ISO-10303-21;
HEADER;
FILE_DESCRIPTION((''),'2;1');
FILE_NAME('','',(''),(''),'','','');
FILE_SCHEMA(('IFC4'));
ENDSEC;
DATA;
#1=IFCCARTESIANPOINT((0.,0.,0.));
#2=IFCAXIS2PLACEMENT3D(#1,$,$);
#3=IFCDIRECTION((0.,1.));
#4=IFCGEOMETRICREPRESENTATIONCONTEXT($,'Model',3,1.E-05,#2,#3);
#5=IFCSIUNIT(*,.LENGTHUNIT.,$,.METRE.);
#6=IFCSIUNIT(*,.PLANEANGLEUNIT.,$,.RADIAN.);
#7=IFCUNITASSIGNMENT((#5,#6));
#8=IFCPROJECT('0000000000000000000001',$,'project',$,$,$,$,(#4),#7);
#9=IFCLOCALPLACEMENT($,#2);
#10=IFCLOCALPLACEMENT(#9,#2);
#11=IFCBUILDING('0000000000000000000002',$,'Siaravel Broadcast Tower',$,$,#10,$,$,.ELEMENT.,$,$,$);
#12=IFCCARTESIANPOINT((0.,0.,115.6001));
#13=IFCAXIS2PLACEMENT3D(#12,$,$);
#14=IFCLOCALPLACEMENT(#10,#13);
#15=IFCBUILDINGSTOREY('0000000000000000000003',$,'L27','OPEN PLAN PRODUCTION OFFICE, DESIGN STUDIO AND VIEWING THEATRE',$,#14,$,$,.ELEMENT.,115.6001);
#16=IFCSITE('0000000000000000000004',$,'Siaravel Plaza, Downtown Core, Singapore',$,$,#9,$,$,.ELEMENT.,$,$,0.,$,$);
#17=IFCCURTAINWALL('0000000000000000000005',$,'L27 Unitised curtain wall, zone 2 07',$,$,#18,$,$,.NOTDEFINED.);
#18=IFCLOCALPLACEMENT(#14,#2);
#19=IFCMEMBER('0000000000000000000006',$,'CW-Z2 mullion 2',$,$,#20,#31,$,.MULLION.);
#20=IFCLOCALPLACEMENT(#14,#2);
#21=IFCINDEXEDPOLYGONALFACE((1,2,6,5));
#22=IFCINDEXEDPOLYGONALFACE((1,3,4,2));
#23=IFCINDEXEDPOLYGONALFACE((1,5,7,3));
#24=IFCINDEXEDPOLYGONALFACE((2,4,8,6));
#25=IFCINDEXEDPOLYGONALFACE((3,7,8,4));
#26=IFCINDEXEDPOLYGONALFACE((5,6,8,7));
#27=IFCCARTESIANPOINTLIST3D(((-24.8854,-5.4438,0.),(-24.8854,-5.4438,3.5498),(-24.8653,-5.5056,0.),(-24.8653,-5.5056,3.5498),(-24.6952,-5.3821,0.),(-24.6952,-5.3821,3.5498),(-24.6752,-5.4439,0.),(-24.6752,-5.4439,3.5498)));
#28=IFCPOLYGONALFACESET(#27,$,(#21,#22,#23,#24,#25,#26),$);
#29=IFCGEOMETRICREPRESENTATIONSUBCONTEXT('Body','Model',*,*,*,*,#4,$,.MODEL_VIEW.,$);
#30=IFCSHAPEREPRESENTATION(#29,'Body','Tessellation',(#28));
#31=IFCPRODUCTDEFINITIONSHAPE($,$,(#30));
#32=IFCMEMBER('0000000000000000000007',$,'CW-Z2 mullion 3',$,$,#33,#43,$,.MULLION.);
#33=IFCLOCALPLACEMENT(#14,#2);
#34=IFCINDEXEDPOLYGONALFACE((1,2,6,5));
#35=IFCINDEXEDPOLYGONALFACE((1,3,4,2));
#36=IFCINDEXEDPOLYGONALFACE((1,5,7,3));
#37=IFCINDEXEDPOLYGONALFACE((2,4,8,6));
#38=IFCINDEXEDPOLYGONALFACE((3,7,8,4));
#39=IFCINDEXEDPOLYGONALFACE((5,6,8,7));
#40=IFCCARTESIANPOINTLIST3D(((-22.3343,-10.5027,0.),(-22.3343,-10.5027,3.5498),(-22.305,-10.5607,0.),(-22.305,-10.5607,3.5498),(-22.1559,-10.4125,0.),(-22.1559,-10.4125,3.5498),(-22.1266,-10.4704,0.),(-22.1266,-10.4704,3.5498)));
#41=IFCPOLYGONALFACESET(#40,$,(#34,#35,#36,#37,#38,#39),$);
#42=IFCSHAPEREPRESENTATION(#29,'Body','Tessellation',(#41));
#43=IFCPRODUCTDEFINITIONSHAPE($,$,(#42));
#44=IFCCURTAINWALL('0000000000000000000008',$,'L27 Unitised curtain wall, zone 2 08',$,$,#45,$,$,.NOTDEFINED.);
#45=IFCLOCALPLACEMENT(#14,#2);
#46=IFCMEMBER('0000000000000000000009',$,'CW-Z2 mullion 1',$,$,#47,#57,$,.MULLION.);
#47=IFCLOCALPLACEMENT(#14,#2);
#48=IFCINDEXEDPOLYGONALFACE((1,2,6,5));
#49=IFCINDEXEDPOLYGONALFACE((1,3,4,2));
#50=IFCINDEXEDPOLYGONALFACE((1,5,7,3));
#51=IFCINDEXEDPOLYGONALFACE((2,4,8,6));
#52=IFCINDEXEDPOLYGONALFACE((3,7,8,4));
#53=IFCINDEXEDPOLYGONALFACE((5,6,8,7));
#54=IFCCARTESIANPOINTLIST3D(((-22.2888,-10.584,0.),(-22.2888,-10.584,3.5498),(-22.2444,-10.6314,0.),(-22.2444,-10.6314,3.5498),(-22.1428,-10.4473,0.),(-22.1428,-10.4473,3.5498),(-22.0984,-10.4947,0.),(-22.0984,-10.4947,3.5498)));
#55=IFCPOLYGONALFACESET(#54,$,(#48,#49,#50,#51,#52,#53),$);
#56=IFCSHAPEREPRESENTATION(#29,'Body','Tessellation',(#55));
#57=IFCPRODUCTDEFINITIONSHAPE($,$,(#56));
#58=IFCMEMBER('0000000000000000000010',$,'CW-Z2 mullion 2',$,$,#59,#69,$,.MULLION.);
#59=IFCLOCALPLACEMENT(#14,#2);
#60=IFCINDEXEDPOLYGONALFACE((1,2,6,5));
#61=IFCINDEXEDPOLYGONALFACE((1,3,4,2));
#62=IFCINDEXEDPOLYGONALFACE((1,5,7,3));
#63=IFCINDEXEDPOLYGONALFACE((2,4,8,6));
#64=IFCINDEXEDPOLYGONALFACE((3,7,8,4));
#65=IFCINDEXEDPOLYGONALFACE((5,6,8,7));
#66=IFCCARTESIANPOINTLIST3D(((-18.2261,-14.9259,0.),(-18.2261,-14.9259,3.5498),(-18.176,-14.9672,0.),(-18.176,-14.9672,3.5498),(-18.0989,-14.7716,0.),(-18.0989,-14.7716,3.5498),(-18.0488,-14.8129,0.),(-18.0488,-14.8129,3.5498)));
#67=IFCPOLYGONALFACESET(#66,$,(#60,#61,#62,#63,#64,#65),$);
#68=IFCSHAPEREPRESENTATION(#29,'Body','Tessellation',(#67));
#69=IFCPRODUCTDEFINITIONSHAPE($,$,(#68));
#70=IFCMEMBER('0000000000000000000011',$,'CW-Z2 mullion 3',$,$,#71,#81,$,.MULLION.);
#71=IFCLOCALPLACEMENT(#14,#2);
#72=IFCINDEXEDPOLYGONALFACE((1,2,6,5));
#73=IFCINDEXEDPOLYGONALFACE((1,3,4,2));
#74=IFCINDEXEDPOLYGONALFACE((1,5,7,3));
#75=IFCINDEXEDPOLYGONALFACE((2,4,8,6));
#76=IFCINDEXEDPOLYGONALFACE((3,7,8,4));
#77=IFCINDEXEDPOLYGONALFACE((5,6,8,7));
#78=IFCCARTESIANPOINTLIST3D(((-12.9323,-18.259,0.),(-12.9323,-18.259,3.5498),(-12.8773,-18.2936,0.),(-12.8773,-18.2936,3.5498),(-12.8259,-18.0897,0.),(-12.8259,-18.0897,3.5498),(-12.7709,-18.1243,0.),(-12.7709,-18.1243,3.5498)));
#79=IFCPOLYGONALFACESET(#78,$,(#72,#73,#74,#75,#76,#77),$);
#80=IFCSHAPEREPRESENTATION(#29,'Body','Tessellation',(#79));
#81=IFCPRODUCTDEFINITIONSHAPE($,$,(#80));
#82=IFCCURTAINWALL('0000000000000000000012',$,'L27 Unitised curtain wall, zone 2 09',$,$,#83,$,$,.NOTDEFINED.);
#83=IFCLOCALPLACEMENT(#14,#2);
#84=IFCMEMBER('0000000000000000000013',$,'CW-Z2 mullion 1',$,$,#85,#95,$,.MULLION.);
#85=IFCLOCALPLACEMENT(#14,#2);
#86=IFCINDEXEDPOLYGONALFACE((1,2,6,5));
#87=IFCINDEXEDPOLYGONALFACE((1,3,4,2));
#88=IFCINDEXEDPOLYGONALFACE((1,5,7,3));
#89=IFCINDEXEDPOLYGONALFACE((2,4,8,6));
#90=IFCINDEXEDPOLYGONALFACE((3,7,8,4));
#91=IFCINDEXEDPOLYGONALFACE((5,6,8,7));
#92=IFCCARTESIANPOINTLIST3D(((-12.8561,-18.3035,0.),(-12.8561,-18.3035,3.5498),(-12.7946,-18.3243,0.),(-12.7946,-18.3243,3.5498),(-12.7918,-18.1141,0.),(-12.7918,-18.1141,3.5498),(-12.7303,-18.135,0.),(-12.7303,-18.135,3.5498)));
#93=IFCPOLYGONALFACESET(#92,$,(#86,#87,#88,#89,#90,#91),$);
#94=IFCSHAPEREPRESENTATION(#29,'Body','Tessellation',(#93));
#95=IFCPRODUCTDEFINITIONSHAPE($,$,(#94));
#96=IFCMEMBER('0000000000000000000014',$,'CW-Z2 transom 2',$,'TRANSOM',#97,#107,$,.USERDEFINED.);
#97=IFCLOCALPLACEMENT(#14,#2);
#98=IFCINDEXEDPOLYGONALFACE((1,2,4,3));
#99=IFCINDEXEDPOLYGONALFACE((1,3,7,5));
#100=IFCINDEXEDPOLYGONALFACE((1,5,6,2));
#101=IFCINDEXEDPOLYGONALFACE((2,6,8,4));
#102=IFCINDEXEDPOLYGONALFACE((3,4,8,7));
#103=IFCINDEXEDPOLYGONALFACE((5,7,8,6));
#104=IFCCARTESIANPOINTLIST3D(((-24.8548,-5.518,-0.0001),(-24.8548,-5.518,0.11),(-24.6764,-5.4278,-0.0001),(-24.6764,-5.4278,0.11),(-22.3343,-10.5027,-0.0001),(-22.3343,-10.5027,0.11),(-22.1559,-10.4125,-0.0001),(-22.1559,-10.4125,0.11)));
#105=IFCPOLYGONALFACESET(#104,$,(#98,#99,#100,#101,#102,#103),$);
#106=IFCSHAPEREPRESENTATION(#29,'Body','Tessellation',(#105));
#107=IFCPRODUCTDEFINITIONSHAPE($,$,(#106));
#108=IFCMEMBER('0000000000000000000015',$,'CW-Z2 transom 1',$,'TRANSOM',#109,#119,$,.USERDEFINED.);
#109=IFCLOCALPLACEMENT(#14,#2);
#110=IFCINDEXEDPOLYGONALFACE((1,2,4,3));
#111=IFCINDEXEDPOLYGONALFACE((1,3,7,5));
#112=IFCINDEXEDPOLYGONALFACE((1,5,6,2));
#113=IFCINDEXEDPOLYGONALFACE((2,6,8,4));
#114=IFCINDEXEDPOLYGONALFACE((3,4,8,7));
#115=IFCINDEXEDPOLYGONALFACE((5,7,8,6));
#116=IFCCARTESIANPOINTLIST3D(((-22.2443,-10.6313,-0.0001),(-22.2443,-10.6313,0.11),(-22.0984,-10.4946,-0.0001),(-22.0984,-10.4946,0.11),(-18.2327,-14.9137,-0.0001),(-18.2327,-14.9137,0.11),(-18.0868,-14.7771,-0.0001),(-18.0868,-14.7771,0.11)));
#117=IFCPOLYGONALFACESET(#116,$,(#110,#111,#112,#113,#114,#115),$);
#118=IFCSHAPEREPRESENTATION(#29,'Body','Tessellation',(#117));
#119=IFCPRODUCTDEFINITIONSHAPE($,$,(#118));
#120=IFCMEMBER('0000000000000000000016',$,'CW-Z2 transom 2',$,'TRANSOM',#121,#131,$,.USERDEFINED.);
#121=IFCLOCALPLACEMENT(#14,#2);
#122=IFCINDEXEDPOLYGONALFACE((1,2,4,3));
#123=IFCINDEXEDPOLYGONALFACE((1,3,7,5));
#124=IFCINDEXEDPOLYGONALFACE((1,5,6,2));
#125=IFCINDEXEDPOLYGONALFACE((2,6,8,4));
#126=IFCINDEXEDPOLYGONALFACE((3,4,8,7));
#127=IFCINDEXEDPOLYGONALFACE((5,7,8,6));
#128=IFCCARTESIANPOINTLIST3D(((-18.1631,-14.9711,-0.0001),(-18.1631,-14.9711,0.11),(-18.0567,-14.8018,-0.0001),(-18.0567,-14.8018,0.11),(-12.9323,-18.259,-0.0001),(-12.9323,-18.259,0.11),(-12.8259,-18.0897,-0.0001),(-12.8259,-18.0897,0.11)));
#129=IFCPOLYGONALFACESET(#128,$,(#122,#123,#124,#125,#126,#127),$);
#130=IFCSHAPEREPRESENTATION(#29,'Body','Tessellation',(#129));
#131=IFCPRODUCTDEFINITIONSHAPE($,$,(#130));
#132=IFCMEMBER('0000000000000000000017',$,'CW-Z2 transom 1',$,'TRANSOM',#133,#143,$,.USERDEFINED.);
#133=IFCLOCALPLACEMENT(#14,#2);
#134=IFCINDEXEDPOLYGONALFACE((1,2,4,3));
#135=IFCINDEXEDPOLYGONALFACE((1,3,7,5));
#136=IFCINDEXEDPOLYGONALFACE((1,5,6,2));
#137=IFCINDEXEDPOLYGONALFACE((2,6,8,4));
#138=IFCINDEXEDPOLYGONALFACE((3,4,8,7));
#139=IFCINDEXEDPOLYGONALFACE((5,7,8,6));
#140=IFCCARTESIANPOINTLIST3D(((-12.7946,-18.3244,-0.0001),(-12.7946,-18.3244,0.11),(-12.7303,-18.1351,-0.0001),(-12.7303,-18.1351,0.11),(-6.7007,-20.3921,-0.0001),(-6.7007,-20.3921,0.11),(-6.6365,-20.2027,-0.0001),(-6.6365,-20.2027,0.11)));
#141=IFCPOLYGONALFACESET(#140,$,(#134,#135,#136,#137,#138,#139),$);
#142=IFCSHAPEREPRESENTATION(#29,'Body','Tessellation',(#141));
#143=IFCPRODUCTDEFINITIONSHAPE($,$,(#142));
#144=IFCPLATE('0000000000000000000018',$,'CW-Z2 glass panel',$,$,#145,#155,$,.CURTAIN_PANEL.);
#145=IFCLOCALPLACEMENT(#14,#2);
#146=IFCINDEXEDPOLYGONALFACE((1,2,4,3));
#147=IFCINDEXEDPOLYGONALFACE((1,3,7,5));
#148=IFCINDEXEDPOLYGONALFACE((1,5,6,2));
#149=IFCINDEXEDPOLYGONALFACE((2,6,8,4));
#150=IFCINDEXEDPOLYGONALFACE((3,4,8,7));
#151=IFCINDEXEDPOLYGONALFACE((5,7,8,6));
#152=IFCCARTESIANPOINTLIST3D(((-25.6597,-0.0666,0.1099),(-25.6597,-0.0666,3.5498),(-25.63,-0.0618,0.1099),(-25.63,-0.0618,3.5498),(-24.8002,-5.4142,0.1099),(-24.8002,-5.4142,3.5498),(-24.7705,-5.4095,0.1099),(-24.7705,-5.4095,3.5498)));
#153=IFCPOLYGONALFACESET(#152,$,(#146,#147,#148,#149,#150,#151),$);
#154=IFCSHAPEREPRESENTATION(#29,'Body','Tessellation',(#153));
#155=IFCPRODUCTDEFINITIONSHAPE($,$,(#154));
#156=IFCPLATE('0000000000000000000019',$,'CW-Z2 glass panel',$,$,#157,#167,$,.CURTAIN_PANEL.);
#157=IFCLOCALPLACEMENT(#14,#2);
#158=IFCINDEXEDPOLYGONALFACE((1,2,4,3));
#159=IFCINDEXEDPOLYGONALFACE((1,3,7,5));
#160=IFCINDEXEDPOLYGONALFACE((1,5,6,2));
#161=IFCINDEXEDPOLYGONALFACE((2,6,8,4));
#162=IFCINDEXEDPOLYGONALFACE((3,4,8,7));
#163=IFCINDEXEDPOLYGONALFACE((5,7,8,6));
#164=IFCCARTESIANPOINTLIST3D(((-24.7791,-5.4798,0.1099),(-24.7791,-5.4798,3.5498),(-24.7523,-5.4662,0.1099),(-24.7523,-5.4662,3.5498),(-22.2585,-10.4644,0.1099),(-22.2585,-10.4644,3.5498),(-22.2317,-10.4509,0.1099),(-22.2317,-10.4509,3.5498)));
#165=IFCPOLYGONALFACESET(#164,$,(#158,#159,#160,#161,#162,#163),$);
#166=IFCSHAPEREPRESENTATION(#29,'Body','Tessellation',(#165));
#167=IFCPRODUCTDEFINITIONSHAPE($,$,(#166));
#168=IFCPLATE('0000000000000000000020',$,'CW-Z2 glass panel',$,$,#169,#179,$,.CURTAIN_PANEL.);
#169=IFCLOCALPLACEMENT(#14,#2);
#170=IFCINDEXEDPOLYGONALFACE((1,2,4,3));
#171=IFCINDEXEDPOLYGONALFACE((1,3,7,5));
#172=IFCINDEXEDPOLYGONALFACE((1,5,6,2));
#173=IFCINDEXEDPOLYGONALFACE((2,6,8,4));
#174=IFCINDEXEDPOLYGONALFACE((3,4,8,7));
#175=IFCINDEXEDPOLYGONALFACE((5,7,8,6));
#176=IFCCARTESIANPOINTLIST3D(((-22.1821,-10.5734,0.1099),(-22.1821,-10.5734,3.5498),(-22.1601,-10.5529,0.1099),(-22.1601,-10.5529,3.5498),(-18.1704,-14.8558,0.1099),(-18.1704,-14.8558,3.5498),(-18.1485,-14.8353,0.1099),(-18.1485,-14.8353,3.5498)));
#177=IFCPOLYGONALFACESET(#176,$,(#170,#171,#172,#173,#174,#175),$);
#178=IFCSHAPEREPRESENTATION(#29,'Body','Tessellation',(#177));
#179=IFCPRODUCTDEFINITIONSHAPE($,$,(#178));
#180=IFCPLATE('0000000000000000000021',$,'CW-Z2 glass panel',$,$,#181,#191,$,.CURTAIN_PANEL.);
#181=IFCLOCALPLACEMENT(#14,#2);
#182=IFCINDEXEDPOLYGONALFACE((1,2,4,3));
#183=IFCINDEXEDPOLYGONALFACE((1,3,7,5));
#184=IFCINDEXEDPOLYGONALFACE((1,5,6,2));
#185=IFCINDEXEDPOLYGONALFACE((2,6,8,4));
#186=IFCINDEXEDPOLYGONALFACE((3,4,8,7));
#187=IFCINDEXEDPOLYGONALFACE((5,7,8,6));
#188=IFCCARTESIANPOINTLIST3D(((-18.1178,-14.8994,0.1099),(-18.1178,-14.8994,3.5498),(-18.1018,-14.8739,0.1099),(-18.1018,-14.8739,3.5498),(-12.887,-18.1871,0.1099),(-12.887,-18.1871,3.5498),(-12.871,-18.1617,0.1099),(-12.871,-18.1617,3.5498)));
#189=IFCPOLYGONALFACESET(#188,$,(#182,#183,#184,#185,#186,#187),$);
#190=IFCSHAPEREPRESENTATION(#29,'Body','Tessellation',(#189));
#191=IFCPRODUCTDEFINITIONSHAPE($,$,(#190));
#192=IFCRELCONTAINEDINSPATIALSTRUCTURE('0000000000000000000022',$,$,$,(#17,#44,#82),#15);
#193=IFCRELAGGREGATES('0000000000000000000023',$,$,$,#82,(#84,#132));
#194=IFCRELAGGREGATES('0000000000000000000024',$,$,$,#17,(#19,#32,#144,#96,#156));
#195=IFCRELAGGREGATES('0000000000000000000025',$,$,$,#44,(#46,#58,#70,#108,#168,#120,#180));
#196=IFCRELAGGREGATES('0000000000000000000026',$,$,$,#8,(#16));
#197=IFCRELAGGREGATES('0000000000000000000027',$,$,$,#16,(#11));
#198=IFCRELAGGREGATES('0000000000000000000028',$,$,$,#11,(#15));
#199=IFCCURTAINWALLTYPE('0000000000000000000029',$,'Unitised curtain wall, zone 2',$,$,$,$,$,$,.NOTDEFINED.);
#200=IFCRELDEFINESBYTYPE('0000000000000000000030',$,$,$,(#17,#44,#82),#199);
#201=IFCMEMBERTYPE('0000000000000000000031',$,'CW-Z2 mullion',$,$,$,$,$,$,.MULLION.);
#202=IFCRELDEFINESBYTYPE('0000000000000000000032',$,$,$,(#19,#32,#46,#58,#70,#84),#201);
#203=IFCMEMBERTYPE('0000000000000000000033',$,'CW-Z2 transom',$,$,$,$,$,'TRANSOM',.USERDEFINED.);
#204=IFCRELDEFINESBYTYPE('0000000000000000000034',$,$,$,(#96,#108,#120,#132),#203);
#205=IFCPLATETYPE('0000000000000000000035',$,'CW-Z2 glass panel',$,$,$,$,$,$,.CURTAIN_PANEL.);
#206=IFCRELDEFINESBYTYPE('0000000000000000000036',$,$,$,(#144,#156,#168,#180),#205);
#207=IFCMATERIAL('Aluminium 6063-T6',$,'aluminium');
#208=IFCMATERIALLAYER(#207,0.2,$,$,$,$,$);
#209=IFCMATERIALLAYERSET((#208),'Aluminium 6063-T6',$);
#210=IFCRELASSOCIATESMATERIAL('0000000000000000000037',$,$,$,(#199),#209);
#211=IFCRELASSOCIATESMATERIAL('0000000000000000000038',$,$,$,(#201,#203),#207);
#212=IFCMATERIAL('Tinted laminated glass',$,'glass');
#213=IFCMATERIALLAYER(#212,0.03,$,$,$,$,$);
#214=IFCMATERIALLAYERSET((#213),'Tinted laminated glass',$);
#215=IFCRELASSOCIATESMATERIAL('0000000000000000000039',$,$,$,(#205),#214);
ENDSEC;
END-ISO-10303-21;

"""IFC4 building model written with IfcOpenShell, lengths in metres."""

from ifc_helpers import new_model, si_unit, direction, frame, origin, origin_2d, place, context, subcontext, project, spatial, rectangle, extrude, material, layer, layer_set, material_profile, profile_set, type_object, element, aggregate, save


model = new_model("IFC4")

# Units and contexts
model_context = context("Model", 3, precision=1e-05, world=origin(), true_north=direction((0.0, 1.0)))
body_context = subcontext(model_context, "Body", "Model", "MODEL_VIEW")
ifc_project = project(units=[si_unit("LENGTHUNIT", "METRE"), si_unit("PLANEANGLEUNIT", "RADIAN")], contexts=[model_context])

# Site, building, storey
site_placement = place(None, origin())
site = spatial("IfcSite", under=ifc_project, at=site_placement, Name="Siaravel Plaza, Downtown Core, Singapore", CompositionType="ELEMENT", RefElevation=0.0)
building_placement = place(site_placement, origin())
building = spatial("IfcBuilding", under=site, at=building_placement, Name="Siaravel Broadcast Tower", CompositionType="ELEMENT")
storey_placement = place(building_placement, frame((0.0, 0.0, 115.6001)))
storey = spatial("IfcBuildingStorey", under=building, at=storey_placement, Name="L27", Description="OPEN PLAN PRODUCTION OFFICE, DESIGN STUDIO AND VIEWING THEATRE", CompositionType="ELEMENT", Elevation=115.6001)

# Curtain walls, members
ifc_material_1 = material(Name="Aluminium 6063-T6", Category="aluminium")
ifc_layer_1 = layer(ifc_material_1, 0.2)
ifc_layer_set_1 = layer_set([ifc_layer_1], Name="Aluminium 6063-T6")
curtain_wall_type = type_object("IfcCurtainWallType", Name="Unitised curtain wall, zone 2", PredefinedType="NOTDEFINED", material=ifc_layer_set_1)
curtain_wall_1_placement = place(storey_placement, origin())
curtain_wall_1 = element("IfcCurtainWall", 1, at=curtain_wall_1_placement, inside=storey, type_object=curtain_wall_type, Name="L27 Unitised curtain wall, zone 2 07", PredefinedType="NOTDEFINED")
ifc_material_profile_1 = material_profile(ifc_material_1, rectangle(XDim=0.2, YDim=0.0649, at=origin_2d()))
ifc_profile_set_1 = profile_set([ifc_material_profile_1], Name="Aluminium 6063-T6")
member_type_1 = type_object("IfcMemberType", Name="CW-Z2 mullion", PredefinedType="MULLION", material=ifc_profile_set_1)
member_1_placement = place(storey_placement, frame((-24.7803, -5.4438, 0.0), z_axis=(0.0, 0.0, 1.0), x_axis=(0.951177, 0.308646, 0.0)))
member_1 = element("IfcMember", 2, at=member_1_placement, type_object=member_type_1, Name="CW-Z2 mullion 2", PredefinedType="MULLION", context=body_context, shape_type="SweptSolid", body=[
    extrude(rectangle(XDim=0.2, YDim=0.0649, at=origin_2d()), origin(), (0.0, 0.0, 1.0), 3.5498),
])
member_2_placement = place(storey_placement, frame((-22.2305, -10.4866, 0.0), z_axis=(0.0, 0.0, 1.0), x_axis=(0.892392, 0.451261, 0.0)))
member_2 = element("IfcMember", 3, at=member_2_placement, type_object=member_type_1, Name="CW-Z2 mullion 3", PredefinedType="MULLION", context=body_context, shape_type="SweptSolid", body=[
    extrude(rectangle(XDim=0.2, YDim=0.0649, at=origin_2d()), origin(), (0.0, 0.0, 1.0), 3.5498),
])
curtain_wall_2_placement = place(storey_placement, origin())
curtain_wall_2 = element("IfcCurtainWall", 4, at=curtain_wall_2_placement, inside=storey, type_object=curtain_wall_type, Name="L27 Unitised curtain wall, zone 2 08", PredefinedType="NOTDEFINED")
member_3_placement = place(storey_placement, frame((-22.1936, -10.5393, 0.0), z_axis=(0.0, 0.0, 1.0), x_axis=(0.729805, 0.683655, 0.0)))
member_3 = element("IfcMember", 5, at=member_3_placement, type_object=member_type_1, Name="CW-Z2 mullion 1", PredefinedType="MULLION", context=body_context, shape_type="SweptSolid", body=[
    extrude(rectangle(XDim=0.2, YDim=0.0649, at=origin_2d()), origin(), (0.0, 0.0, 1.0), 3.5498),
])
member_4_placement = place(storey_placement, frame((-18.1375, -14.8694, 0.0), z_axis=(0.0, 0.0, 1.0), x_axis=(0.636218, 0.771509, 0.0)))
member_4 = element("IfcMember", 6, at=member_4_placement, type_object=member_type_1, Name="CW-Z2 mullion 2", PredefinedType="MULLION", context=body_context, shape_type="SweptSolid", body=[
    extrude(rectangle(XDim=0.2, YDim=0.0649, at=origin_2d()), origin(), (0.0, 0.0, 1.0), 3.5498),
])
member_5_placement = place(storey_placement, frame((-12.8516, -18.1917, 0.0), z_axis=(0.0, 0.0, 1.0), x_axis=(0.532149, 0.846651, 0.0)))
member_5 = element("IfcMember", 7, at=member_5_placement, type_object=member_type_1, Name="CW-Z2 mullion 3", PredefinedType="MULLION", context=body_context, shape_type="SweptSolid", body=[
    extrude(rectangle(XDim=0.2, YDim=0.0649, at=origin_2d()), origin(), (0.0, 0.0, 1.0), 3.5498),
])

# Curtain wall, member
curtain_wall_3_placement = place(storey_placement, origin())
curtain_wall_3 = element("IfcCurtainWall", 8, at=curtain_wall_3_placement, inside=storey, type_object=curtain_wall_type, Name="L27 Unitised curtain wall, zone 2 09", PredefinedType="NOTDEFINED")
member_6_placement = place(storey_placement, frame((-12.7932, -18.2192, 0.0), z_axis=(0.0, 0.0, 1.0), x_axis=(0.321301, 0.946977, 0.0)))
member_6 = element("IfcMember", 9, at=member_6_placement, type_object=member_type_1, Name="CW-Z2 mullion 1", PredefinedType="MULLION", context=body_context, shape_type="SweptSolid", body=[
    extrude(rectangle(XDim=0.2, YDim=0.0649, at=origin_2d()), origin(), (0.0, 0.0, 1.0), 3.5498),
])

# Members
ifc_material_profile_2 = material_profile(ifc_material_1, rectangle(XDim=0.2, YDim=0.1101, at=origin_2d()))
ifc_profile_set_2 = profile_set([ifc_material_profile_2], Name="Aluminium 6063-T6")
member_type_2 = type_object("IfcMemberType", Name="CW-Z2 transom", ElementType="TRANSOM", PredefinedType="USERDEFINED", material=ifc_profile_set_2)
member_7_placement = place(storey_placement, frame((-24.7656, -5.4729, 0.0549), z_axis=(0.451248, -0.892399, 0.0), x_axis=(0.892399, 0.451248, 0.0)))
member_7 = element("IfcMember", 10, at=member_7_placement, type_object=member_type_2, Name="CW-Z2 transom 2", ObjectType="TRANSOM", PredefinedType="USERDEFINED", context=body_context, shape_type="SweptSolid", body=[
    extrude(rectangle(XDim=0.2, YDim=0.1101, at=origin_2d()), origin(), (0.0, 0.0, 1.0), 5.5857),
])
member_8_placement = place(storey_placement, frame((-22.1714, -10.563, 0.0549), z_axis=(0.68366, -0.729801, 0.0), x_axis=(0.729801, 0.68366, 0.0)))
member_8 = element("IfcMember", 11, at=member_8_placement, type_object=member_type_2, Name="CW-Z2 transom 1", ObjectType="TRANSOM", PredefinedType="USERDEFINED", context=body_context, shape_type="SweptSolid", body=[
    extrude(rectangle(XDim=0.2, YDim=0.1101, at=origin_2d()), origin(), (0.0, 0.0, 1.0), 5.8679),
])
member_9_placement = place(storey_placement, frame((-18.1099, -14.8865, 0.0549), z_axis=(0.846639, -0.532167, 0.0), x_axis=(0.532167, 0.846639, 0.0)))
member_9 = element("IfcMember", 12, at=member_9_placement, type_object=member_type_2, Name="CW-Z2 transom 2", ObjectType="TRANSOM", PredefinedType="USERDEFINED", context=body_context, shape_type="SweptSolid", body=[
    extrude(rectangle(XDim=0.2, YDim=0.1101, at=origin_2d()), origin(), (0.0, 0.0, 1.0), 6.1782),
])
member_10_placement = place(storey_placement, frame((-12.7625, -18.2297, 0.0549), z_axis=(0.946974, -0.321311, 0.0), x_axis=(0.321311, 0.946974, 0.0)))
member_10 = element("IfcMember", 13, at=member_10_placement, type_object=member_type_2, Name="CW-Z2 transom 1", ObjectType="TRANSOM", PredefinedType="USERDEFINED", context=body_context, shape_type="SweptSolid", body=[
    extrude(rectangle(XDim=0.2, YDim=0.1101, at=origin_2d()), origin(), (0.0, 0.0, 1.0), 6.4351),
])
aggregate(curtain_wall_3, [member_6, member_10])

# Plates
ifc_material_2 = material(Name="Tinted laminated glass", Category="glass")
ifc_layer_2 = layer(ifc_material_2, 0.03)
ifc_layer_set_2 = layer_set([ifc_layer_2], Name="Tinted laminated glass")
plate_type = type_object("IfcPlateType", Name="CW-Z2 glass panel", PredefinedType="CURTAIN_PANEL", material=ifc_layer_set_2)
plate_1_placement = place(storey_placement, frame((-25.2151, -2.738, 0.1099), z_axis=(0.0, 0.0, 1.0), x_axis=(0.158686, -0.987329, 0.0)))
plate_1 = element("IfcPlate", 14, at=plate_1_placement, type_object=plate_type, Name="CW-Z2 glass panel", PredefinedType="CURTAIN_PANEL", context=body_context, shape_type="SweptSolid", body=[
    extrude(rectangle(XDim=5.4163, YDim=0.03, at=origin_2d()), origin(), (0.0, 0.0, 1.0), 3.4399),
])
plate_2_placement = place(storey_placement, frame((-23.5054, -7.9653, 0.1099), z_axis=(0.0, 0.0, 1.0), x_axis=(0.451261, -0.892392, 0.0)))
plate_2 = element("IfcPlate", 15, at=plate_2_placement, type_object=plate_type, Name="CW-Z2 glass panel", PredefinedType="CURTAIN_PANEL", context=body_context, shape_type="SweptSolid", body=[
    extrude(rectangle(XDim=5.5857, YDim=0.03, at=origin_2d()), origin(), (0.0, 0.0, 1.0), 3.4399),
])
aggregate(curtain_wall_1, [member_1, member_2, plate_1, member_7, plate_2])
plate_3_placement = place(storey_placement, frame((-20.1653, -12.7043, 0.1099), z_axis=(0.0, 0.0, 1.0), x_axis=(0.683655, -0.729805, 0.0)))
plate_3 = element("IfcPlate", 16, at=plate_3_placement, type_object=plate_type, Name="CW-Z2 glass panel", PredefinedType="CURTAIN_PANEL", context=body_context, shape_type="SweptSolid", body=[
    extrude(rectangle(XDim=5.8679, YDim=0.03, at=origin_2d()), origin(), (0.0, 0.0, 1.0), 3.4399),
])
plate_4_placement = place(storey_placement, frame((-15.4944, -16.5305, 0.1099), z_axis=(0.0, 0.0, 1.0), x_axis=(0.846651, -0.532149, 0.0)))
plate_4 = element("IfcPlate", 17, at=plate_4_placement, type_object=plate_type, Name="CW-Z2 glass panel", PredefinedType="CURTAIN_PANEL", context=body_context, shape_type="SweptSolid", body=[
    extrude(rectangle(XDim=6.1782, YDim=0.03, at=origin_2d()), origin(), (0.0, 0.0, 1.0), 3.4399),
])
aggregate(curtain_wall_2, [member_3, member_4, member_5, member_8, plate_3, member_9, plate_4])

save(model, "model.ifc")
